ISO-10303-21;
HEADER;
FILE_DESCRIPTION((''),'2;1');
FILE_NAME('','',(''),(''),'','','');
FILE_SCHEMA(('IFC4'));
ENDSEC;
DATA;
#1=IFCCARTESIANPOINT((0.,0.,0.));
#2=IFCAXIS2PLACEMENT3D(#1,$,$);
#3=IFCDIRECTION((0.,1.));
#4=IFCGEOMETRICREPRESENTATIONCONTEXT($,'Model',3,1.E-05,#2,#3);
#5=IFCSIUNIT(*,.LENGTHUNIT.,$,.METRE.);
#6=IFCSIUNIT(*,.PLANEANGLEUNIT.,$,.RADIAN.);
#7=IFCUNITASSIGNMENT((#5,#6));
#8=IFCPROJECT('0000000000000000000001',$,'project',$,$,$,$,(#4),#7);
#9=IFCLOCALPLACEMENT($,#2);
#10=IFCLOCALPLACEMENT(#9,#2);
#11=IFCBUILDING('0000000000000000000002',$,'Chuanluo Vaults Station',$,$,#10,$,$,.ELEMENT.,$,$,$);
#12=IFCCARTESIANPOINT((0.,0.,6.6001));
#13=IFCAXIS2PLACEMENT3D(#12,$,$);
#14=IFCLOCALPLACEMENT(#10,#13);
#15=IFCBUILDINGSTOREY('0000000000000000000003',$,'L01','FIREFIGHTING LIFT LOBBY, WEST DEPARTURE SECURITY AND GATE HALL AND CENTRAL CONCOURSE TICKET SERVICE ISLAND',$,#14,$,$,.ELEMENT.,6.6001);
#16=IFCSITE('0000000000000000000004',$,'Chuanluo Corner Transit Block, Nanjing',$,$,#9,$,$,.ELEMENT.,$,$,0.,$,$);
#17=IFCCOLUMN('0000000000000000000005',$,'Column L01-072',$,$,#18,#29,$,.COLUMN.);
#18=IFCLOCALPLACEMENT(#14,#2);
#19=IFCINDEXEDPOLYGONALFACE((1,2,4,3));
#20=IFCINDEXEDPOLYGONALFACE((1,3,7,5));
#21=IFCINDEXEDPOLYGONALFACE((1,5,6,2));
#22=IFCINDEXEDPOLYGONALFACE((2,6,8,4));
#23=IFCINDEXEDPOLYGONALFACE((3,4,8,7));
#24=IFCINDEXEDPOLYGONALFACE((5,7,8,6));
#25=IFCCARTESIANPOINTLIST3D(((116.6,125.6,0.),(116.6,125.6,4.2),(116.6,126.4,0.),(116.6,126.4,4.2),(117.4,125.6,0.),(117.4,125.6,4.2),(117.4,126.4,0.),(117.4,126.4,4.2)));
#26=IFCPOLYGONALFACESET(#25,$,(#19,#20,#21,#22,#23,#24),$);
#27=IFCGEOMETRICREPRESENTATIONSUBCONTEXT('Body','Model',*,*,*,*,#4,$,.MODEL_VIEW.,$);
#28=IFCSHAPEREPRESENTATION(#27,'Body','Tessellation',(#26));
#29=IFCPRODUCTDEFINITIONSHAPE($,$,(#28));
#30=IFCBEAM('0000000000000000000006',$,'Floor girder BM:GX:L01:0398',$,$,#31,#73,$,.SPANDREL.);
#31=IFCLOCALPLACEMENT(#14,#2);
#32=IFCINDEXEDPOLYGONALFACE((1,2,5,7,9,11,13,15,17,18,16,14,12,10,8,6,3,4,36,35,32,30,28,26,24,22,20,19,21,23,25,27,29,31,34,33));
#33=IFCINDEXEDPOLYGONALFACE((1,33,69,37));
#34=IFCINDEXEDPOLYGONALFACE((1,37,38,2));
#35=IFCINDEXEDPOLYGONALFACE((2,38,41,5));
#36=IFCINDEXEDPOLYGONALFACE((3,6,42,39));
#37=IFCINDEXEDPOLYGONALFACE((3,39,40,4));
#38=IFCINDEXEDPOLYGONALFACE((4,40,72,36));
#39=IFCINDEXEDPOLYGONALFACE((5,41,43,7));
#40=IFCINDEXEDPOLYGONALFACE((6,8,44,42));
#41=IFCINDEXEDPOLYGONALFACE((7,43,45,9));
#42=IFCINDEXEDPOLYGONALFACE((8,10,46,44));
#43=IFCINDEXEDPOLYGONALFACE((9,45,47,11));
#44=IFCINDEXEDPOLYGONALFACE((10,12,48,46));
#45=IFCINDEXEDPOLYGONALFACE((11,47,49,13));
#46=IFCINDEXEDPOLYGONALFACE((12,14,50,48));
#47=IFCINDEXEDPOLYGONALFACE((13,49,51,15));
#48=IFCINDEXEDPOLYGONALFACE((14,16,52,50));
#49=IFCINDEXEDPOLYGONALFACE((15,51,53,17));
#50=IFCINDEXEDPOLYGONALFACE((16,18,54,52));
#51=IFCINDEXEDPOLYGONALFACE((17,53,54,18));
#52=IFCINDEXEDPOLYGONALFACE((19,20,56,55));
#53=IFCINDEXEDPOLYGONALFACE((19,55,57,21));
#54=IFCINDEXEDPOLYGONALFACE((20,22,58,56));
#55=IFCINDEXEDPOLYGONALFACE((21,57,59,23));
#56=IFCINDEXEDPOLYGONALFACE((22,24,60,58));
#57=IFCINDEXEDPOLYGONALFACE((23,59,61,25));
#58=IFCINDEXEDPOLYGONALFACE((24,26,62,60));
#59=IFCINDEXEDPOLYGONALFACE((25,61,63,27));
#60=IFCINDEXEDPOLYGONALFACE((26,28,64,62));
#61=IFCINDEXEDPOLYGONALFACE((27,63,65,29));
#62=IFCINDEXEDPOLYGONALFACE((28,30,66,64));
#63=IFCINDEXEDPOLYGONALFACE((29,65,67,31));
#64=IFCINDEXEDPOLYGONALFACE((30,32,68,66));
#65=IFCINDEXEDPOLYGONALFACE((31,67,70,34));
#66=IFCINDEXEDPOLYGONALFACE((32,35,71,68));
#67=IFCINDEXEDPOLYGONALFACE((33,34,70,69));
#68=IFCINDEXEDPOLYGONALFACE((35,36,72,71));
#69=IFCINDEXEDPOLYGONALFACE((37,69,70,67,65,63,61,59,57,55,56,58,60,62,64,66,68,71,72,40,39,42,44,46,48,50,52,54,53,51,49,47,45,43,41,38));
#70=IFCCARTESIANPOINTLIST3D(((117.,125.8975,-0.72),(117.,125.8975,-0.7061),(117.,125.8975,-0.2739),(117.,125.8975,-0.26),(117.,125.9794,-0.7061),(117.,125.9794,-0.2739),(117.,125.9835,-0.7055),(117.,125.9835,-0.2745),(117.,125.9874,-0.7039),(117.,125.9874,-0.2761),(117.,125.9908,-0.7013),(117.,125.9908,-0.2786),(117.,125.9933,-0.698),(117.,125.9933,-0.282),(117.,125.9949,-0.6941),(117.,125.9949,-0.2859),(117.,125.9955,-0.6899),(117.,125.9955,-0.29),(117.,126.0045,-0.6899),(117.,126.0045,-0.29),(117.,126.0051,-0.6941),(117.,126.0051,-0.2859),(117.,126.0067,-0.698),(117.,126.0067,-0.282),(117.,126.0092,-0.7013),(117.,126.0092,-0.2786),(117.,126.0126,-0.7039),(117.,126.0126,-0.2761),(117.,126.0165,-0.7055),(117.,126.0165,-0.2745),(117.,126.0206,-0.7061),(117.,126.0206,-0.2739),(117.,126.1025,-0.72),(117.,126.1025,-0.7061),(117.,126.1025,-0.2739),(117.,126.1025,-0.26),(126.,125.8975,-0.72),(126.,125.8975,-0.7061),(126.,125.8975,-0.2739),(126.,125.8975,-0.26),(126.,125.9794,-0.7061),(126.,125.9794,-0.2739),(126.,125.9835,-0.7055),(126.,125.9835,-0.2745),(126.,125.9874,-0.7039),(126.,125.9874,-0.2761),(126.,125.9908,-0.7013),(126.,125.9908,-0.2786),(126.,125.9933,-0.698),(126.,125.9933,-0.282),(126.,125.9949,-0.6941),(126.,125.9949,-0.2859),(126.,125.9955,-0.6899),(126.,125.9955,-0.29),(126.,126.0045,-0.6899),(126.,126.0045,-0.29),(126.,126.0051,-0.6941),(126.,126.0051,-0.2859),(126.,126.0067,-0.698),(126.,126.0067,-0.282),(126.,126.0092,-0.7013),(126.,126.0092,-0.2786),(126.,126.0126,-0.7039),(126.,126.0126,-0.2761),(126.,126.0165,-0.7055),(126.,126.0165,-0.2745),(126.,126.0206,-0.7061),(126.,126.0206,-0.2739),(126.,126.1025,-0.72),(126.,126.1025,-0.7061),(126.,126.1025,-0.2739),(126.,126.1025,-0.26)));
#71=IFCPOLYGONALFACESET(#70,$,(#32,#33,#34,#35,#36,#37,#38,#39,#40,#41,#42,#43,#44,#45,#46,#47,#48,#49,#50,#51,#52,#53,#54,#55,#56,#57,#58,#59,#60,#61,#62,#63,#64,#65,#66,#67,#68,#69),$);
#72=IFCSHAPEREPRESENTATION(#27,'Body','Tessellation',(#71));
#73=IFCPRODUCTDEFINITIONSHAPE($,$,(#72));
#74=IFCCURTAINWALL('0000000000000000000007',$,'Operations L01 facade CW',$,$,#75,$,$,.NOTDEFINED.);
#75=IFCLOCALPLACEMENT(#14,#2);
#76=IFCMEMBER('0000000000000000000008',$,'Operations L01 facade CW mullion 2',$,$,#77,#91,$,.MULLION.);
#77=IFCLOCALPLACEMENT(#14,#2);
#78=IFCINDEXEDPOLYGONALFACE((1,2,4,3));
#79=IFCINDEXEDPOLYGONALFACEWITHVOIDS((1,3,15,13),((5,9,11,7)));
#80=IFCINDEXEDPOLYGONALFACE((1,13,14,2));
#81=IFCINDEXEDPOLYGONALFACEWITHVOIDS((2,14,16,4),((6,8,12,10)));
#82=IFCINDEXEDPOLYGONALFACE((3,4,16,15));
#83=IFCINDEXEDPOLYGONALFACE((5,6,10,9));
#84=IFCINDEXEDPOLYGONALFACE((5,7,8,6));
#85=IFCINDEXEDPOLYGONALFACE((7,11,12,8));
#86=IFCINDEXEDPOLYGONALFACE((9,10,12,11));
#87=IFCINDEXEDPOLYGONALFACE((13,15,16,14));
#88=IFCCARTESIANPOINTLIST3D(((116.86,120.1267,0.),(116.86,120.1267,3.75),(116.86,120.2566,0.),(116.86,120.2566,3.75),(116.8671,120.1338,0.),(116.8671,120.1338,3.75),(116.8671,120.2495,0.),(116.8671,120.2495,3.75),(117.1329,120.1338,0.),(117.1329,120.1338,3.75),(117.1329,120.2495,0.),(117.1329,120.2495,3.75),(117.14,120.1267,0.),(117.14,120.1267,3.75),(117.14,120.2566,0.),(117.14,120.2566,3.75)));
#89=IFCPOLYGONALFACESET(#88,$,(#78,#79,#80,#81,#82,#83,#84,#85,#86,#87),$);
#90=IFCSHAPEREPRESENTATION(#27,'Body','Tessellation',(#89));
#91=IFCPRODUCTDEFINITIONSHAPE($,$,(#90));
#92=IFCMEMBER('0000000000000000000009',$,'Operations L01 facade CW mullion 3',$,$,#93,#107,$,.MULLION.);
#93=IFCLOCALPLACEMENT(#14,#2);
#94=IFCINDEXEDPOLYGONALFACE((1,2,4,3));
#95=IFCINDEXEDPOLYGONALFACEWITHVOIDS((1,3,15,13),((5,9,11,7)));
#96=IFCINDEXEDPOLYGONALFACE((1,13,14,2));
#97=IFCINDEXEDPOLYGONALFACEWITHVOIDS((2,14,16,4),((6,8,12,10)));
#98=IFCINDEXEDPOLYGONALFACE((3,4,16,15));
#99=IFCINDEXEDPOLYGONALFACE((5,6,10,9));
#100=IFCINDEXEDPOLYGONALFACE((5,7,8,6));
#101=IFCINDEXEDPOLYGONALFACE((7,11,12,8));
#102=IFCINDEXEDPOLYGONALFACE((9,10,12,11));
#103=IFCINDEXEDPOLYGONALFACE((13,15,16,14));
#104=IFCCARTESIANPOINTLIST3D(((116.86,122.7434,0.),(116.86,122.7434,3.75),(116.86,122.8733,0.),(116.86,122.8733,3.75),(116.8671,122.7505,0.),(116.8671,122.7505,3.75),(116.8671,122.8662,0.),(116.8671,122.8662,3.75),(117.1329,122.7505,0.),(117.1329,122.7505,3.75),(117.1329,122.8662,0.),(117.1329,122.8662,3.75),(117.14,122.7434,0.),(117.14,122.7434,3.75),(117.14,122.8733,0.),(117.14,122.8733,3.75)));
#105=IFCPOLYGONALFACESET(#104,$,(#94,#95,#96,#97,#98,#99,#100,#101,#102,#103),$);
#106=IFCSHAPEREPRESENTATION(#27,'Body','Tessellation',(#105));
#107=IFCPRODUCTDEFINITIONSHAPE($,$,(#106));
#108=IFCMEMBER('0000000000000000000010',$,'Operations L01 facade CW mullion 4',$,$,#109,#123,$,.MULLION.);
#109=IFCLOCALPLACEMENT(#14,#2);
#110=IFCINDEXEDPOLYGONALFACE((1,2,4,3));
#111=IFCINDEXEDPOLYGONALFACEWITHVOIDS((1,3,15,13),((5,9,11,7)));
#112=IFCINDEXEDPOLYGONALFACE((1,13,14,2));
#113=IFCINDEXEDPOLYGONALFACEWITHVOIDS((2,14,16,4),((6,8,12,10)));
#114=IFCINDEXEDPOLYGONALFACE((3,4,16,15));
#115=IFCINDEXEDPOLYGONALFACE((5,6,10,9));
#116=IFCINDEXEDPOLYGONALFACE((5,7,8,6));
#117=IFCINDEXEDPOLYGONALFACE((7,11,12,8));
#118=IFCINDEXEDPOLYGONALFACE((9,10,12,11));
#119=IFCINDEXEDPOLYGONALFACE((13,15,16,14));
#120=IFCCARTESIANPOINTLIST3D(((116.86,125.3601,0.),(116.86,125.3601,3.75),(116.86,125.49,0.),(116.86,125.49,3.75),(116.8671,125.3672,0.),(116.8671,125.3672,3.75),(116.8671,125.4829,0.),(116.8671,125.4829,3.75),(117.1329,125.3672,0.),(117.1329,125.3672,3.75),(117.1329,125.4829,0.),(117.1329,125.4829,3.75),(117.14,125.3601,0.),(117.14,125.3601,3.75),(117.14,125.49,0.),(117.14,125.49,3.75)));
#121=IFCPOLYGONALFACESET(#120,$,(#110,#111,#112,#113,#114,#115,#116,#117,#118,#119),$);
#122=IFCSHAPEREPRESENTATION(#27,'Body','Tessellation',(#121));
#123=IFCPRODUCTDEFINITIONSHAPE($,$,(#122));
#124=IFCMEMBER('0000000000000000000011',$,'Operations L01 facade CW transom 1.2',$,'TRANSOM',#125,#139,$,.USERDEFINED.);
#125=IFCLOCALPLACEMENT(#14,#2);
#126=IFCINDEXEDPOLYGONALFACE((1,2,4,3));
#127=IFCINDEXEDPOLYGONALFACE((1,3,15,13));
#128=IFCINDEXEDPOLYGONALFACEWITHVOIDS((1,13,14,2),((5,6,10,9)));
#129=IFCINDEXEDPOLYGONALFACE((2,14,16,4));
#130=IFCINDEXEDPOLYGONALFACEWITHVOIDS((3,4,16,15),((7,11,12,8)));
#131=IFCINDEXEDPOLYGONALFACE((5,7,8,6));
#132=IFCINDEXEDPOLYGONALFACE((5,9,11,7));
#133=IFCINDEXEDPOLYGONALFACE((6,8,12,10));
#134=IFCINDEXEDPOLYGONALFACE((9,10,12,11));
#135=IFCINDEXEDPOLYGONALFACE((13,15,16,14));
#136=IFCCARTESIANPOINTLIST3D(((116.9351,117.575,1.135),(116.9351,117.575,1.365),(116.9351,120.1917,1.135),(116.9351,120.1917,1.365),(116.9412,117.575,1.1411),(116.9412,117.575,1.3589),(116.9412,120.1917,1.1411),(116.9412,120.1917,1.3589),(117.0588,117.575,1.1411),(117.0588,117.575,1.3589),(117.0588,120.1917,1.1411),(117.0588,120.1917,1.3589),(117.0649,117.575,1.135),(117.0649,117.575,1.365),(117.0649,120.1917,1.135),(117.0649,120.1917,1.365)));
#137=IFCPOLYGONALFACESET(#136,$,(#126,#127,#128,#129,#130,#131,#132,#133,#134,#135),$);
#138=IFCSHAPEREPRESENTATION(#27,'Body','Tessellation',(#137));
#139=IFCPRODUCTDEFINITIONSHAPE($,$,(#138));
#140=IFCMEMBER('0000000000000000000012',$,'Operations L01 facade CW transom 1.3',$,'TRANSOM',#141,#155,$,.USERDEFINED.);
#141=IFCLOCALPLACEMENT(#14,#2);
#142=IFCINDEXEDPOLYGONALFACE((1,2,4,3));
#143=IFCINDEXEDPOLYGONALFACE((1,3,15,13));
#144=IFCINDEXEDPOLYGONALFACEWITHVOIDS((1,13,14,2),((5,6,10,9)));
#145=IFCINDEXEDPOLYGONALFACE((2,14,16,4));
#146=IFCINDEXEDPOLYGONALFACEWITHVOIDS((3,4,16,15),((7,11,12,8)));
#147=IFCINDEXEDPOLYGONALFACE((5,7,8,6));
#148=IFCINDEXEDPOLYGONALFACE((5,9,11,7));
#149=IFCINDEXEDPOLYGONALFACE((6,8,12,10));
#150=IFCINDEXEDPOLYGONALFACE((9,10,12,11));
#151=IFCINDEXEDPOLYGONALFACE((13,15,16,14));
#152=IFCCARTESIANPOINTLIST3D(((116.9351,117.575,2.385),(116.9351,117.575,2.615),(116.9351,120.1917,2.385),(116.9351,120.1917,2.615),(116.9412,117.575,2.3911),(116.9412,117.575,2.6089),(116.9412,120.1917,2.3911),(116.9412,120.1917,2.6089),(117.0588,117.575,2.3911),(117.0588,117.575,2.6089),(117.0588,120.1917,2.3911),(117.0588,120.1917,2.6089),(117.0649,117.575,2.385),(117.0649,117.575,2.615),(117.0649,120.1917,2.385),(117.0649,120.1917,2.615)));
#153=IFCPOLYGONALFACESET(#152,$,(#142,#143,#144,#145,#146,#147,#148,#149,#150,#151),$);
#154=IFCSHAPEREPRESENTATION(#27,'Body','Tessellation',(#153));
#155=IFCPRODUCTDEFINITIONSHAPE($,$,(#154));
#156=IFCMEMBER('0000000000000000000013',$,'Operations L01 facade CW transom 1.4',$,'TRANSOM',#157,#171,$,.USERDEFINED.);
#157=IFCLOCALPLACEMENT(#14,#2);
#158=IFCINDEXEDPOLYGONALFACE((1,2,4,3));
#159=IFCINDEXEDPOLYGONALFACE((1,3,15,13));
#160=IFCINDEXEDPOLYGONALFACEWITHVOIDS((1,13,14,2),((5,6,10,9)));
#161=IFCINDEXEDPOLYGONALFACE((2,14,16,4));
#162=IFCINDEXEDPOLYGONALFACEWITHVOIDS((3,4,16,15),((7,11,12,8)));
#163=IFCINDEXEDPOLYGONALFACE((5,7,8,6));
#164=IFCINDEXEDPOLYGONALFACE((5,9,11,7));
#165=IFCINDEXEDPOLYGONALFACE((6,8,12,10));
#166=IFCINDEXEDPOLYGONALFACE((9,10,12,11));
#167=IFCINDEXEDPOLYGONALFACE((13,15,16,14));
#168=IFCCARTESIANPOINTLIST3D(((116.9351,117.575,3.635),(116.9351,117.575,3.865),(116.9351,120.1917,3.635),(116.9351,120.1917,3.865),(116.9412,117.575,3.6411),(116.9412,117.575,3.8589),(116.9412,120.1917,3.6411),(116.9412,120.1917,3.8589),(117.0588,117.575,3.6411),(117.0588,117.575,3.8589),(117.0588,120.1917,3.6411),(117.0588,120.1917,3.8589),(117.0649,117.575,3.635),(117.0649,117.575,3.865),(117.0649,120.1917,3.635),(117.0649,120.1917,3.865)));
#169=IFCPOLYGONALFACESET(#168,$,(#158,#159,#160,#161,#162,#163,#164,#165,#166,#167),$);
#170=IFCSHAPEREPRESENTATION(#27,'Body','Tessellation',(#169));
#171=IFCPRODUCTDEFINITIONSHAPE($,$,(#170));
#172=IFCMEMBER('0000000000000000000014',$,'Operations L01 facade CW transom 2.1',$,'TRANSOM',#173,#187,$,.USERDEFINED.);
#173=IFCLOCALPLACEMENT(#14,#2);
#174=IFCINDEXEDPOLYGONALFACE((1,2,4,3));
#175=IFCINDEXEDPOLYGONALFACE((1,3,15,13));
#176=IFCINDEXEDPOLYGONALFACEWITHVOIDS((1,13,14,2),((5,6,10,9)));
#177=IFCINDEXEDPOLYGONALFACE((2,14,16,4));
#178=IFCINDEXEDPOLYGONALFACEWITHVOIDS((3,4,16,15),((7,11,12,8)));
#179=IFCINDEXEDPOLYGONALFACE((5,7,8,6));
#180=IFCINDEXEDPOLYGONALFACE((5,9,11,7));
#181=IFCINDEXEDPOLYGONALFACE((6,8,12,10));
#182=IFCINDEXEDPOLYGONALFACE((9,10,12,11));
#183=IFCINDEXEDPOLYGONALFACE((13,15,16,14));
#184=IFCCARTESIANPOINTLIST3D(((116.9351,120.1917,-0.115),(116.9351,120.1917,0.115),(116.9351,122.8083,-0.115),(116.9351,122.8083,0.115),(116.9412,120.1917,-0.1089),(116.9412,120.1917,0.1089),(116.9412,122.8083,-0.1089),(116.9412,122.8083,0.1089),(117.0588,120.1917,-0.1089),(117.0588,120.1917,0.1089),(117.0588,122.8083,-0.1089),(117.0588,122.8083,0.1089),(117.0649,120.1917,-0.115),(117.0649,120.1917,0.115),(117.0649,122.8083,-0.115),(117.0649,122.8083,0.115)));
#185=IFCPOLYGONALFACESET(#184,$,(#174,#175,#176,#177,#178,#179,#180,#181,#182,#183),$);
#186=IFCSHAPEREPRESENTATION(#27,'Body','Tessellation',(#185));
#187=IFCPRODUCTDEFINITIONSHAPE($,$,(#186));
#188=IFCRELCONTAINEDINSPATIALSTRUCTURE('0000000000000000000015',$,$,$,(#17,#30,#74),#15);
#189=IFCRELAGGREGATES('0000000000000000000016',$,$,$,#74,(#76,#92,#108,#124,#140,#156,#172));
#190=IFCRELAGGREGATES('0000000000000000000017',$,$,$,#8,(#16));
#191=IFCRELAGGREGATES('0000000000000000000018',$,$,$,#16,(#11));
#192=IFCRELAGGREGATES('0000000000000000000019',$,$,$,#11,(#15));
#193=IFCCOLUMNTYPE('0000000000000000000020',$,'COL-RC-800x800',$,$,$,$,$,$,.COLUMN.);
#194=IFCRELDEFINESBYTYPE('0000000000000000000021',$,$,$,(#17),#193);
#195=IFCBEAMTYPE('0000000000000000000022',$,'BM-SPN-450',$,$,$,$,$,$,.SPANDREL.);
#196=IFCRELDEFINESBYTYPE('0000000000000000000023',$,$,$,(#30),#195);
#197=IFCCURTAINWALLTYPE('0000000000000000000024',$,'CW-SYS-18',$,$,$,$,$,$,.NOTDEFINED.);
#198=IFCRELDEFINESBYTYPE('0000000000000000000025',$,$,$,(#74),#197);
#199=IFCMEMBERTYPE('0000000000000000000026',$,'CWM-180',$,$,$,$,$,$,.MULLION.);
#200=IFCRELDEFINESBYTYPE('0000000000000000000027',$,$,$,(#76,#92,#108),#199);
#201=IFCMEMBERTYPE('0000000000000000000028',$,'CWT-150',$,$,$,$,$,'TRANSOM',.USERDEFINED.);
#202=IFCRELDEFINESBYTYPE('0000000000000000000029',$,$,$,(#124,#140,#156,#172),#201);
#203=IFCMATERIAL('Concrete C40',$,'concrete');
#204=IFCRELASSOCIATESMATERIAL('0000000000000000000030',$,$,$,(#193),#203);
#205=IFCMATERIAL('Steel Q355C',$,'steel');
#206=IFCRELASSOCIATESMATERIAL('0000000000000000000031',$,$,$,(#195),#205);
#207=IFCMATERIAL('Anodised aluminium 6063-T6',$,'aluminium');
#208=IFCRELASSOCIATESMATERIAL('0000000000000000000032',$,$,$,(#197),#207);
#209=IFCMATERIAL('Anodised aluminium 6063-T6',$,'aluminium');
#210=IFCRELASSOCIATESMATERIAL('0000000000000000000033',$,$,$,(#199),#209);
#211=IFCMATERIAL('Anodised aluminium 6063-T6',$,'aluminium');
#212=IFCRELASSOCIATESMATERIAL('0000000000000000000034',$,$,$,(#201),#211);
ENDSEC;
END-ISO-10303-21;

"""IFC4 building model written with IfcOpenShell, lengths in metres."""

from ifc_helpers import new_model, si_unit, direction, frame, origin, origin_2d, place, context, subcontext, project, spatial, rectangle, hollow_rectangle, i_section, extrude, material, material_profile, profile_set, type_object, element, aggregate, save


model = new_model("IFC4")

# Units and contexts
model_context = context("Model", 3, precision=1e-05, world=origin(), true_north=direction((0.0, 1.0)))
body_context = subcontext(model_context, "Body", "Model", "MODEL_VIEW")
ifc_project = project(units=[si_unit("LENGTHUNIT", "METRE"), si_unit("PLANEANGLEUNIT", "RADIAN")], contexts=[model_context])

# Site, building, storey
site_placement = place(None, origin())
site = spatial("IfcSite", under=ifc_project, at=site_placement, Name="Chuanluo Corner Transit Block, Nanjing", CompositionType="ELEMENT", RefElevation=0.0)
building_placement = place(site_placement, origin())
building = spatial("IfcBuilding", under=site, at=building_placement, Name="Chuanluo Vaults Station", CompositionType="ELEMENT")
storey_placement = place(building_placement, frame((0.0, 0.0, 6.6001)))
storey = spatial("IfcBuildingStorey", under=building, at=storey_placement, Name="L01", Description="FIREFIGHTING LIFT LOBBY, WEST DEPARTURE SECURITY AND GATE HALL AND CENTRAL CONCOURSE TICKET SERVICE ISLAND", CompositionType="ELEMENT", Elevation=6.6001)

# Column
ifc_material_1 = material(Name="Concrete C40", Category="concrete")
ifc_material_profile_1 = material_profile(ifc_material_1, rectangle(XDim=0.8, YDim=0.8, at=origin_2d()))
ifc_profile_set_1 = profile_set([ifc_material_profile_1], Name="Concrete C40")
column_type = type_object("IfcColumnType", Name="COL-RC-800x800", PredefinedType="COLUMN", material=ifc_profile_set_1)
column_placement = place(storey_placement, frame((117.0, 126.0, 0.0), z_axis=(0.0, 0.0, 1.0), x_axis=(1.0, 0.0, 0.0)))
element("IfcColumn", 1, at=column_placement, inside=storey, type_object=column_type, Name="Column L01-072", PredefinedType="COLUMN", context=body_context, shape_type="SweptSolid", body=[
    extrude(rectangle(XDim=0.8, YDim=0.8, at=origin_2d()), origin(), (0.0, 0.0, 1.0), 4.2),
])

# Beam
ifc_material_2 = material(Name="Steel Q355C", Category="steel")
ifc_material_profile_2 = material_profile(ifc_material_2, i_section(OverallWidth=0.2051, OverallDepth=0.46, WebThickness=0.009, FlangeThickness=0.0139, FilletRadius=0.0161, at=origin_2d()))
ifc_profile_set_2 = profile_set([ifc_material_profile_2], Name="Steel Q355C")
beam_type = type_object("IfcBeamType", Name="BM-SPN-450", PredefinedType="SPANDREL", material=ifc_profile_set_2)
beam_placement = place(storey_placement, frame((117.0, 126.0, -0.49), z_axis=(1.0, 0.0, 0.0), x_axis=(0.0, 1.0, 0.0)))
element("IfcBeam", 2, at=beam_placement, inside=storey, type_object=beam_type, Name="Floor girder BM:GX:L01:0398", PredefinedType="SPANDREL", context=body_context, shape_type="SweptSolid", body=[
    extrude(i_section(OverallWidth=0.2051, OverallDepth=0.46, WebThickness=0.009, FlangeThickness=0.0139, FilletRadius=0.0161, at=origin_2d()), origin(), (0.0, 0.0, 1.0), 9.0),
])

# Curtain wall, members
ifc_material_3 = material(Name="Anodised aluminium 6063-T6", Category="aluminium")
curtain_wall_type = type_object("IfcCurtainWallType", Name="CW-SYS-18", PredefinedType="NOTDEFINED", material=ifc_material_3)
curtain_wall_placement = place(storey_placement, origin())
curtain_wall = element("IfcCurtainWall", 3, at=curtain_wall_placement, inside=storey, type_object=curtain_wall_type, Name="Operations L01 facade CW", PredefinedType="NOTDEFINED")
ifc_material_4 = material(Name="Anodised aluminium 6063-T6", Category="aluminium")
ifc_material_profile_3 = material_profile(ifc_material_4, hollow_rectangle(XDim=0.1299, YDim=0.28, WallThickness=0.0071, at=origin_2d()))
ifc_profile_set_3 = profile_set([ifc_material_profile_3], Name="Anodised aluminium 6063-T6")
member_type_1 = type_object("IfcMemberType", Name="CWM-180", PredefinedType="MULLION", material=ifc_profile_set_3)
member_1_placement = place(storey_placement, frame((117.0, 120.1917, 0.0), z_axis=(0.0, 0.0, 1.0), x_axis=(0.0, 1.0, 0.0)))
member_1 = element("IfcMember", 4, at=member_1_placement, type_object=member_type_1, Name="Operations L01 facade CW mullion 2", PredefinedType="MULLION", context=body_context, shape_type="SweptSolid", body=[
    extrude(hollow_rectangle(XDim=0.1299, YDim=0.28, WallThickness=0.0071, at=origin_2d()), origin(), (0.0, 0.0, 1.0), 3.75),
])
member_2_placement = place(storey_placement, frame((117.0, 122.8083, 0.0), z_axis=(0.0, 0.0, 1.0), x_axis=(0.0, 1.0, 0.0)))
member_2 = element("IfcMember", 5, at=member_2_placement, type_object=member_type_1, Name="Operations L01 facade CW mullion 3", PredefinedType="MULLION", context=body_context, shape_type="SweptSolid", body=[
    extrude(hollow_rectangle(XDim=0.1299, YDim=0.28, WallThickness=0.0071, at=origin_2d()), origin(), (0.0, 0.0, 1.0), 3.75),
])
member_3_placement = place(storey_placement, frame((117.0, 125.425, 0.0), z_axis=(0.0, 0.0, 1.0), x_axis=(0.0, 1.0, 0.0)))
member_3 = element("IfcMember", 6, at=member_3_placement, type_object=member_type_1, Name="Operations L01 facade CW mullion 4", PredefinedType="MULLION", context=body_context, shape_type="SweptSolid", body=[
    extrude(hollow_rectangle(XDim=0.1299, YDim=0.28, WallThickness=0.0071, at=origin_2d()), origin(), (0.0, 0.0, 1.0), 3.75),
])
ifc_material_5 = material(Name="Anodised aluminium 6063-T6", Category="aluminium")
ifc_material_profile_4 = material_profile(ifc_material_5, hollow_rectangle(XDim=0.1299, YDim=0.23, WallThickness=0.0061, at=origin_2d()))
ifc_profile_set_4 = profile_set([ifc_material_profile_4], Name="Anodised aluminium 6063-T6")
member_type_2 = type_object("IfcMemberType", Name="CWT-150", ElementType="TRANSOM", PredefinedType="USERDEFINED", material=ifc_profile_set_4)
member_4_placement = place(storey_placement, frame((117.0, 117.575, 1.25), z_axis=(0.0, 1.0, 0.0), x_axis=(-1.0, 0.0, 0.0)))
member_4 = element("IfcMember", 7, at=member_4_placement, type_object=member_type_2, Name="Operations L01 facade CW transom 1.2", ObjectType="TRANSOM", PredefinedType="USERDEFINED", context=body_context, shape_type="SweptSolid", body=[
    extrude(hollow_rectangle(XDim=0.1299, YDim=0.23, WallThickness=0.0061, at=origin_2d()), origin(), (0.0, 0.0, 1.0), 2.6167),
])
member_5_placement = place(storey_placement, frame((117.0, 117.575, 2.5), z_axis=(0.0, 1.0, 0.0), x_axis=(-1.0, 0.0, 0.0)))
member_5 = element("IfcMember", 8, at=member_5_placement, type_object=member_type_2, Name="Operations L01 facade CW transom 1.3", ObjectType="TRANSOM", PredefinedType="USERDEFINED", context=body_context, shape_type="SweptSolid", body=[
    extrude(hollow_rectangle(XDim=0.1299, YDim=0.23, WallThickness=0.0061, at=origin_2d()), origin(), (0.0, 0.0, 1.0), 2.6167),
])
member_6_placement = place(storey_placement, frame((117.0, 117.575, 3.75), z_axis=(0.0, 1.0, 0.0), x_axis=(-1.0, 0.0, 0.0)))
member_6 = element("IfcMember", 9, at=member_6_placement, type_object=member_type_2, Name="Operations L01 facade CW transom 1.4", ObjectType="TRANSOM", PredefinedType="USERDEFINED", context=body_context, shape_type="SweptSolid", body=[
    extrude(hollow_rectangle(XDim=0.1299, YDim=0.23, WallThickness=0.0061, at=origin_2d()), origin(), (0.0, 0.0, 1.0), 2.6167),
])
member_7_placement = place(storey_placement, frame((117.0, 120.1917, 0.0), z_axis=(0.0, 1.0, 0.0), x_axis=(-1.0, 0.0, 0.0)))
member_7 = element("IfcMember", 10, at=member_7_placement, type_object=member_type_2, Name="Operations L01 facade CW transom 2.1", ObjectType="TRANSOM", PredefinedType="USERDEFINED", context=body_context, shape_type="SweptSolid", body=[
    extrude(hollow_rectangle(XDim=0.1299, YDim=0.23, WallThickness=0.0061, at=origin_2d()), origin(), (0.0, 0.0, 1.0), 2.6167),
])
aggregate(curtain_wall, [member_1, member_2, member_3, member_4, member_5, member_6, member_7])

save(model, "model.ifc")
